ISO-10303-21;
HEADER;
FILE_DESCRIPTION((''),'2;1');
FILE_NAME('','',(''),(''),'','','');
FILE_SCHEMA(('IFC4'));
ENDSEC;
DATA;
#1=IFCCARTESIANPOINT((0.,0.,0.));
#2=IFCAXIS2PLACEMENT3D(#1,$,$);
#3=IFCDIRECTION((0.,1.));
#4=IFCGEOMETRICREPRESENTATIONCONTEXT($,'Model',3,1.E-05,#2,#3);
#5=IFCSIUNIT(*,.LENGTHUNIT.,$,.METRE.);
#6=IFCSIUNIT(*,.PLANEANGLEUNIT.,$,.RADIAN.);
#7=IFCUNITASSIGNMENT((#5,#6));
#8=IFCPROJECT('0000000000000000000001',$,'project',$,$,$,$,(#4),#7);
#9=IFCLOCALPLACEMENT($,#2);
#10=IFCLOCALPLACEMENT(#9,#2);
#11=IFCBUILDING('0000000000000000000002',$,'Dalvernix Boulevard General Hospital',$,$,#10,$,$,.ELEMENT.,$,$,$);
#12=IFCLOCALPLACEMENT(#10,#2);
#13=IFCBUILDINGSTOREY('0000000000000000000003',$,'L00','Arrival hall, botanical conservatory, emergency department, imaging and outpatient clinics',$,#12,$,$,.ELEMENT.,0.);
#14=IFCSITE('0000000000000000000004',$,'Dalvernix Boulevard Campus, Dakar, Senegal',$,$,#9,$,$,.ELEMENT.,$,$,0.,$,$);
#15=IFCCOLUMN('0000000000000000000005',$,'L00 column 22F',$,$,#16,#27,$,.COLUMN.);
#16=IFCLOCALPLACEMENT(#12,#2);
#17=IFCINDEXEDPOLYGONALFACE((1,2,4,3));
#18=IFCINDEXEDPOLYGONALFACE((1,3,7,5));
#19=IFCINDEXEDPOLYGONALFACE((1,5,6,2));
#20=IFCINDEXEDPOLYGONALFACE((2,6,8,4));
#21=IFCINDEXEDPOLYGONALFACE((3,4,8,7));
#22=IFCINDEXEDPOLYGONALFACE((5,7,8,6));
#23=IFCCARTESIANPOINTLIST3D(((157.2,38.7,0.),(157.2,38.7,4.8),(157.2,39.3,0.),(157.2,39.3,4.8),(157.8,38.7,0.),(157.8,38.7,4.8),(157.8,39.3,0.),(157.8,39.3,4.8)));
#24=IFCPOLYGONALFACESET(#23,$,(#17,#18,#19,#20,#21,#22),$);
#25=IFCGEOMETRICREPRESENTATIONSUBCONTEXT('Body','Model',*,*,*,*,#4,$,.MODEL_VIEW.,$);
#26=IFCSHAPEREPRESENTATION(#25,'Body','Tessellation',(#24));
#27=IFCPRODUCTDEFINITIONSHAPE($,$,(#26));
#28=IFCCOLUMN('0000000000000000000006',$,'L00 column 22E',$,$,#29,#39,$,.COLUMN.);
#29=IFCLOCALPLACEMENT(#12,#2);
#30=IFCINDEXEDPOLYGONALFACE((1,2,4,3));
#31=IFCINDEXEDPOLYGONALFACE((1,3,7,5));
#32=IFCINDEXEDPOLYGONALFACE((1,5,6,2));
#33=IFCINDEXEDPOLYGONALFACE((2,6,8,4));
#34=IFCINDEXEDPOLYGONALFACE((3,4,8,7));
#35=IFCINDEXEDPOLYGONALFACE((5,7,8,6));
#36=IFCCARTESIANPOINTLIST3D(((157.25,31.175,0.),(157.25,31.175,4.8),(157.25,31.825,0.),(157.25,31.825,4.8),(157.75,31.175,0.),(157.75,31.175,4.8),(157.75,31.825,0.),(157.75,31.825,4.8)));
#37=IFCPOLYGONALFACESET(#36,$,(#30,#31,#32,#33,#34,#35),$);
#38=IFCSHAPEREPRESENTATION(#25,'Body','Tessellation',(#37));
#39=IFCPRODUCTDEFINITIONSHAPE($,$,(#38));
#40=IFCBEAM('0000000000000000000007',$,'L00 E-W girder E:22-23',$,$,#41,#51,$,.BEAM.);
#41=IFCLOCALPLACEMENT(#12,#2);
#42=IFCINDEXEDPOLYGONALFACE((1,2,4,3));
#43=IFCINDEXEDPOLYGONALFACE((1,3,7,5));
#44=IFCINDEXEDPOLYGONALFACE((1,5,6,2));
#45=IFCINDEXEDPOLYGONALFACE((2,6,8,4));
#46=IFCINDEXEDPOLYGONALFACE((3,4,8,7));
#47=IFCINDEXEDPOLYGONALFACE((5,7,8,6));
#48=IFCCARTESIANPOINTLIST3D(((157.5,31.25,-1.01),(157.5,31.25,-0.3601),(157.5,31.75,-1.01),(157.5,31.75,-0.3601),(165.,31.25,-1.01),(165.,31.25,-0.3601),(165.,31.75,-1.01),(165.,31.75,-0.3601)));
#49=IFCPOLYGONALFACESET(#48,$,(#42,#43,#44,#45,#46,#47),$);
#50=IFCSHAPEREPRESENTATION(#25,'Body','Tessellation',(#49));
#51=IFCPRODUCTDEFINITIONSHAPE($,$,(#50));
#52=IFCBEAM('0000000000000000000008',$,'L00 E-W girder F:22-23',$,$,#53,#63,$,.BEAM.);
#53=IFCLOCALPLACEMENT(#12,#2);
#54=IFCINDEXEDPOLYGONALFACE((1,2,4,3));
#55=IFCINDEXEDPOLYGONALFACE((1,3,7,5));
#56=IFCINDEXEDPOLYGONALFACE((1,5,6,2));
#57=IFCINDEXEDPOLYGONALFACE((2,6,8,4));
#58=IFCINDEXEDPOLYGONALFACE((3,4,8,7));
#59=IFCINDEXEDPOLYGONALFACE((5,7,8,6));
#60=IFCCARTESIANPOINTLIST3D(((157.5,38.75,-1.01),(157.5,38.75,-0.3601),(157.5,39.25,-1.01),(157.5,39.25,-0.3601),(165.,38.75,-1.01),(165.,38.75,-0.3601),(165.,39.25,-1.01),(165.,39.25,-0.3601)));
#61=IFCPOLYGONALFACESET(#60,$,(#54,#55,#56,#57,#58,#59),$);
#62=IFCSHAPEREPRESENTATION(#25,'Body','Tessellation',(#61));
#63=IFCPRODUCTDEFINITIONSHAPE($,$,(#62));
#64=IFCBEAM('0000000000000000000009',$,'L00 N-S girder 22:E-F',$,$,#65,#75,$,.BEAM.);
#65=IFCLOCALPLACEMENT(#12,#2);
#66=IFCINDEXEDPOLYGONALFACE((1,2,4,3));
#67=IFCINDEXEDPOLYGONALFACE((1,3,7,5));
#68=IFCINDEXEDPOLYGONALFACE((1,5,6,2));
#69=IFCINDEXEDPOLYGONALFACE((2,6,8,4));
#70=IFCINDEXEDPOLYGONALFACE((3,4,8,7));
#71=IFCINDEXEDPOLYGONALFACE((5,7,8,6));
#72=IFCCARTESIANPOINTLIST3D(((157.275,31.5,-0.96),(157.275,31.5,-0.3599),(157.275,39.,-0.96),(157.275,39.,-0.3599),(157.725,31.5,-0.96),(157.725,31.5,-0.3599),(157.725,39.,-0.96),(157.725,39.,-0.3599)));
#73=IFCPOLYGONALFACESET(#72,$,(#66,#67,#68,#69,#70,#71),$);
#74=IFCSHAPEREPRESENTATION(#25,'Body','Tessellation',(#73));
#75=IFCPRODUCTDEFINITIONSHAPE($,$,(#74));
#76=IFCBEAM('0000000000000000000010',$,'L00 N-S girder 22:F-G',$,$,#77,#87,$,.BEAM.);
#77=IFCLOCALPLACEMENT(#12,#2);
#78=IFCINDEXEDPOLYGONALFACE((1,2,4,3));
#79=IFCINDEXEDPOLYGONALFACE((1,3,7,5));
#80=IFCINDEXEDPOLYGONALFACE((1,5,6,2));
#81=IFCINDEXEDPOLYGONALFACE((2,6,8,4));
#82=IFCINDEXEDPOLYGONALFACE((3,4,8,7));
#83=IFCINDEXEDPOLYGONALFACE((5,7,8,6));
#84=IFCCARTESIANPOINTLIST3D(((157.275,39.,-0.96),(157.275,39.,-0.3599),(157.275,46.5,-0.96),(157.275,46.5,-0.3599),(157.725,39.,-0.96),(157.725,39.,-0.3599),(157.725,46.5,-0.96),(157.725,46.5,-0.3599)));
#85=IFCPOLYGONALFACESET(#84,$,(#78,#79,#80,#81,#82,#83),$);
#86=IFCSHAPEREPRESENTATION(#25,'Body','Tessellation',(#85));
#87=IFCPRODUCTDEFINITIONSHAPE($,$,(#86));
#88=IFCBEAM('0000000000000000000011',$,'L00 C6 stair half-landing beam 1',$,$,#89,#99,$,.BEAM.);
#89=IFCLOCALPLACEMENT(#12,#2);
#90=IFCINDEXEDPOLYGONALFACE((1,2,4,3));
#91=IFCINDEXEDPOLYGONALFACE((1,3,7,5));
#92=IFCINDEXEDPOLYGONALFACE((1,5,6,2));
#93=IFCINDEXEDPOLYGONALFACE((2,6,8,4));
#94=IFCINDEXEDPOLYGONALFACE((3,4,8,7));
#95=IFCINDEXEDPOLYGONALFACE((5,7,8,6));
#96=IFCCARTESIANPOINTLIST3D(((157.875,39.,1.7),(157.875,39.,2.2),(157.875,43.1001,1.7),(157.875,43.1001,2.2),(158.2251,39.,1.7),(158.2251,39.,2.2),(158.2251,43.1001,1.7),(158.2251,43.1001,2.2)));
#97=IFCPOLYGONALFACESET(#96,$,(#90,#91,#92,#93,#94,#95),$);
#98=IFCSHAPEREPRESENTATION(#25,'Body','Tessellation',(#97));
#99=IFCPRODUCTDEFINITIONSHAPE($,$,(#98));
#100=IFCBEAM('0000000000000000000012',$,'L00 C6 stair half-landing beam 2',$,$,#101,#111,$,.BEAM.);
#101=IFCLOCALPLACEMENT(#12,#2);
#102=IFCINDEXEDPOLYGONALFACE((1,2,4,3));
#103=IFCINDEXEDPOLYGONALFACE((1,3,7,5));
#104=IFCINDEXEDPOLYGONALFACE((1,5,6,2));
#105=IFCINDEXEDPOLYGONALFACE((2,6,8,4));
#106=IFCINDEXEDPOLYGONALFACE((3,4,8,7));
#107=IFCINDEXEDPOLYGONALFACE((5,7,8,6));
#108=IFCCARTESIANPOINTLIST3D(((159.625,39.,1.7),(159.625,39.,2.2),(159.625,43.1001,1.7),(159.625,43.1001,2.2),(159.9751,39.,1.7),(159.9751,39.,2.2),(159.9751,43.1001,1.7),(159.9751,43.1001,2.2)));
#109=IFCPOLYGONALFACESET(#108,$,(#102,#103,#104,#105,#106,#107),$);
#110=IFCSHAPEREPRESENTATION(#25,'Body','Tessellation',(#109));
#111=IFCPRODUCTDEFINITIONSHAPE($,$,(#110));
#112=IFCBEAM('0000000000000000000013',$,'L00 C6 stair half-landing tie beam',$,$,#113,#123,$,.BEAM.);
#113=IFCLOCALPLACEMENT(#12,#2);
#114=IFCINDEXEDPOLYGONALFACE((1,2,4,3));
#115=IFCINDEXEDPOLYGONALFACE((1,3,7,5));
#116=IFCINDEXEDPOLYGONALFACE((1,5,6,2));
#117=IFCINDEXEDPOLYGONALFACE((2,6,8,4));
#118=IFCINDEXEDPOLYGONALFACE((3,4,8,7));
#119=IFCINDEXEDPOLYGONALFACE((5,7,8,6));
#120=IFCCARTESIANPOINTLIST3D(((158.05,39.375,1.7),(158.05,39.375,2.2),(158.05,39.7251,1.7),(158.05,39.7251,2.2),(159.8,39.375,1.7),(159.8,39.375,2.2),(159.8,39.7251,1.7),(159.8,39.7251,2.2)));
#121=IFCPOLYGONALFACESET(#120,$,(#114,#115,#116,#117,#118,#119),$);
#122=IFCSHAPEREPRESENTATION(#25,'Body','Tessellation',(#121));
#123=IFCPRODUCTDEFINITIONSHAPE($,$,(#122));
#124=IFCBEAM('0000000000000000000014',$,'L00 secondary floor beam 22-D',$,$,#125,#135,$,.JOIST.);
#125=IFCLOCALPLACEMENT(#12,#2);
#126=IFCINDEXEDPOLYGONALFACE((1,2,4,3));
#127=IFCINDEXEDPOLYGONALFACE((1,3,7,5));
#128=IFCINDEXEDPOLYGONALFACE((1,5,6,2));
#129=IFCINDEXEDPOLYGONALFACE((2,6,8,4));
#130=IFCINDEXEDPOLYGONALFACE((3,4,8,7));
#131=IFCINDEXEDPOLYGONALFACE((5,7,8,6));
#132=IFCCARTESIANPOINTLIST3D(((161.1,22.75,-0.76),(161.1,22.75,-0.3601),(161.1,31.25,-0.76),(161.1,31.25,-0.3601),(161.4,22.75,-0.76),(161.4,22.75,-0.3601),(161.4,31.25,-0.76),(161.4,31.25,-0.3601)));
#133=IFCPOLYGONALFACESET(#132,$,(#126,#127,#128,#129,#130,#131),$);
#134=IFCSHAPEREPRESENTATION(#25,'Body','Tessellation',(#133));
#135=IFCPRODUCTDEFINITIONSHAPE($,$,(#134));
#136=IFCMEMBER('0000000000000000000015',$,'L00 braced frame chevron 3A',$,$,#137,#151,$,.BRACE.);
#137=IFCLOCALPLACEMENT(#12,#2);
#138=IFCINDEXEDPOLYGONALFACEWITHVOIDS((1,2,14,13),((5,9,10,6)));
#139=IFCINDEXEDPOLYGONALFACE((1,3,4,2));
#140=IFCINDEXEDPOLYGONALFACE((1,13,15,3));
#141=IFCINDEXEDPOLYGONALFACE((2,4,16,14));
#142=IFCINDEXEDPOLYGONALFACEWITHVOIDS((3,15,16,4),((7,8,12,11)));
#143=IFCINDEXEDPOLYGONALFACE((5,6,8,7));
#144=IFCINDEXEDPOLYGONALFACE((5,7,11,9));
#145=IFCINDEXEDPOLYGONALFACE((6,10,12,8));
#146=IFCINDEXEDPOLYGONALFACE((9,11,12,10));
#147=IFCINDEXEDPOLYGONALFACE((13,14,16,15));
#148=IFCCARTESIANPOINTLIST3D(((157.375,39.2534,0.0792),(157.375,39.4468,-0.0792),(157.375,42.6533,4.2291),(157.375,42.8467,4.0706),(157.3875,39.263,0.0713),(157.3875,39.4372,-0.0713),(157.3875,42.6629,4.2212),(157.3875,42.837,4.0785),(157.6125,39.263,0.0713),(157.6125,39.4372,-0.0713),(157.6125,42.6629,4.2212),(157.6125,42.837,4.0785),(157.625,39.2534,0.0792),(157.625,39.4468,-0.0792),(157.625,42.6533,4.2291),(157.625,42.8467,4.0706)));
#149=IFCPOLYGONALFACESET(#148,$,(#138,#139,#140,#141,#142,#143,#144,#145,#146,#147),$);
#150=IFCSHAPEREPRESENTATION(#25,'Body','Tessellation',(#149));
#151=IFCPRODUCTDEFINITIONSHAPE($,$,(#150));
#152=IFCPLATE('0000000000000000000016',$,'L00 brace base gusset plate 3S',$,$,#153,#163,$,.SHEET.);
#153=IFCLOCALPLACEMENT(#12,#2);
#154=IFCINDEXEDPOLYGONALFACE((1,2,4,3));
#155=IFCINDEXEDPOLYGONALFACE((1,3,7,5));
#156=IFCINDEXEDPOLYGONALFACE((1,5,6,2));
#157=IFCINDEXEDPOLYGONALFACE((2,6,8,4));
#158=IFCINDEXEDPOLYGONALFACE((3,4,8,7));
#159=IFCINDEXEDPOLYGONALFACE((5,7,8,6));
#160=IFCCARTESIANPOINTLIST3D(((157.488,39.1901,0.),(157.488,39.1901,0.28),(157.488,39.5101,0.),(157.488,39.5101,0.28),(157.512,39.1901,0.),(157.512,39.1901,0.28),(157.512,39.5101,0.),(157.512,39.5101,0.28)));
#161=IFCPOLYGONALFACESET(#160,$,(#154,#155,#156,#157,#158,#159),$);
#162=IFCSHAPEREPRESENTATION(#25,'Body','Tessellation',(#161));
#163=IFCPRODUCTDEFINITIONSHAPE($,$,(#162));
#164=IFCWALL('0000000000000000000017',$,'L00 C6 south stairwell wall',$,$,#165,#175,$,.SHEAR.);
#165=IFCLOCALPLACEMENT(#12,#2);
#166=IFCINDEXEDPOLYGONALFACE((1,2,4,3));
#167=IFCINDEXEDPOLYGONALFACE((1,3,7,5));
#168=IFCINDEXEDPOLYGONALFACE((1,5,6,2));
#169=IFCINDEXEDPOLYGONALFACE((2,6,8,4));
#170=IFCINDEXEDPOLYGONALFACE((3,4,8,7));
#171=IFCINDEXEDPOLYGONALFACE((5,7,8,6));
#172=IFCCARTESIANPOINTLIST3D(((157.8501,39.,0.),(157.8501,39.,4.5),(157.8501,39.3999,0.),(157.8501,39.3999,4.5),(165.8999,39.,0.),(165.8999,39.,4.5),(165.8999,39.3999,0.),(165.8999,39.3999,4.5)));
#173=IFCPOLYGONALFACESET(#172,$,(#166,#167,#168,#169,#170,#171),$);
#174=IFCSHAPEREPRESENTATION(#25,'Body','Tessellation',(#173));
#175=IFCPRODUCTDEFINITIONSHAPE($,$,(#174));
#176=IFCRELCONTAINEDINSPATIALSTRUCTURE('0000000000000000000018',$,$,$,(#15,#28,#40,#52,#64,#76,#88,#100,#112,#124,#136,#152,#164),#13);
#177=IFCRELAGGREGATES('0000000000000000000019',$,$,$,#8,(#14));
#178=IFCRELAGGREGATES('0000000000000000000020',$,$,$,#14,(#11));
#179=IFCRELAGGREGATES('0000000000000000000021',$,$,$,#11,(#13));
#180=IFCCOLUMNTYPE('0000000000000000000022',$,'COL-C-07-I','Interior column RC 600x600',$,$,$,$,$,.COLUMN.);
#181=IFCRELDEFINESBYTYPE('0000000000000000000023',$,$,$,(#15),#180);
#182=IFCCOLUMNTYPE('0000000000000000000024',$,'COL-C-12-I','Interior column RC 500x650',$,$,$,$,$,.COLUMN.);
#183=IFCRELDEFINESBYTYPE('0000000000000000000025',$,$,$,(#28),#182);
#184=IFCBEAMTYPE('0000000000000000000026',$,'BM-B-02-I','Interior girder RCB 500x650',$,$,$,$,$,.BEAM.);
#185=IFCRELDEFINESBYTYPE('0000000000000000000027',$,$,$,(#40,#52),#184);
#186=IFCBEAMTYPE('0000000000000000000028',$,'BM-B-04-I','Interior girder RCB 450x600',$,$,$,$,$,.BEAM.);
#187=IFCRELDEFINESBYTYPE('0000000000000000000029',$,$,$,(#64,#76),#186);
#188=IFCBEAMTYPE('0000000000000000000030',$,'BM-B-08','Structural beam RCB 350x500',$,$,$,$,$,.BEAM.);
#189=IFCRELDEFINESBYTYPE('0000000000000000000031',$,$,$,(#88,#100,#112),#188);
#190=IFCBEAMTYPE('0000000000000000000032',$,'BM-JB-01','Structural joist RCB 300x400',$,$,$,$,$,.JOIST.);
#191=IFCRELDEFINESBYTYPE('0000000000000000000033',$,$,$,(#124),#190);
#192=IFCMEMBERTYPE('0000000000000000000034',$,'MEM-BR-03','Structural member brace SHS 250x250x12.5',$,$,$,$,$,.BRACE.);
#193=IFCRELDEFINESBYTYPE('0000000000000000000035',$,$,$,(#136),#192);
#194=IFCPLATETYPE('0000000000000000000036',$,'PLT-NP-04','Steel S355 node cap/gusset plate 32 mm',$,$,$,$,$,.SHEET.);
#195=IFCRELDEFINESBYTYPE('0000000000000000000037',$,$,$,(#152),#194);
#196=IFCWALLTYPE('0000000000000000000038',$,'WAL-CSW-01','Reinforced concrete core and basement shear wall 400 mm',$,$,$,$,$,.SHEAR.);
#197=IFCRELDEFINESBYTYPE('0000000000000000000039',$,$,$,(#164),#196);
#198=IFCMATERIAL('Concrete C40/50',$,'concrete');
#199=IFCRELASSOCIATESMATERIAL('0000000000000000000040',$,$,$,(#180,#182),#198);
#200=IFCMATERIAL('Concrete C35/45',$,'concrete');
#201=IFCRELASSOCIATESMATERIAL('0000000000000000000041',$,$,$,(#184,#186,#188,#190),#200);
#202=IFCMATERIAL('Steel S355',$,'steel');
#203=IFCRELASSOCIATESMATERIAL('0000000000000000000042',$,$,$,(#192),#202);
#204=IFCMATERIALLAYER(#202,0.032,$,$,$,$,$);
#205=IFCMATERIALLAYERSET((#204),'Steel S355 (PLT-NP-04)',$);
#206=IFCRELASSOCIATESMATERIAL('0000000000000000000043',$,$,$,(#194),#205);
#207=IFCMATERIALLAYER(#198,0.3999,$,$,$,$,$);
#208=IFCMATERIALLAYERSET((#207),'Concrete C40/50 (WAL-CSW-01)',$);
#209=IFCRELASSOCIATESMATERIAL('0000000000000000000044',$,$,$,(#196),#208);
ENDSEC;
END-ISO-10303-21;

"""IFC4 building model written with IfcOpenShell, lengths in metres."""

from ifc_helpers import new_model, si_unit, direction, frame, frame_2d, origin, origin_2d, place, context, subcontext, project, spatial, rectangle, hollow_rectangle, extrude, material, layer, layer_set, material_profile, profile_set, type_object, element, save


model = new_model("IFC4")

# Units and contexts
model_context = context("Model", 3, precision=1e-05, world=origin(), true_north=direction((0.0, 1.0)))
body_context = subcontext(model_context, "Body", "Model", "MODEL_VIEW")
ifc_project = project(units=[si_unit("LENGTHUNIT", "METRE"), si_unit("PLANEANGLEUNIT", "RADIAN")], contexts=[model_context])

# Site, building, storey
site_placement = place(None, origin())
site = spatial("IfcSite", under=ifc_project, at=site_placement, Name="Dalvernix Boulevard Campus, Dakar, Senegal", CompositionType="ELEMENT", RefElevation=0.0)
building_placement = place(site_placement, origin())
building = spatial("IfcBuilding", under=site, at=building_placement, Name="Dalvernix Boulevard General Hospital", CompositionType="ELEMENT")
storey_placement = place(building_placement, origin())
storey = spatial("IfcBuildingStorey", under=building, at=storey_placement, Name="L00", Description="Arrival hall, botanical conservatory, emergency department, imaging and outpatient clinics", CompositionType="ELEMENT", Elevation=0.0)

# Columns
ifc_material_1 = material(Name="Concrete C40/50", Category="concrete")
ifc_material_profile_1 = material_profile(ifc_material_1, rectangle(XDim=0.6001, YDim=0.6001, at=origin_2d()), Name="RC 600x600")
ifc_profile_set_1 = profile_set([ifc_material_profile_1], Name="Concrete C40/50")
column_type_1 = type_object("IfcColumnType", Name="COL-C-07-I", Description="Interior column RC 600x600", PredefinedType="COLUMN", material=ifc_profile_set_1)
column_1_placement = place(storey_placement, frame((157.5, 39.0, 0.0), z_axis=(0.0, 0.0, 1.0), x_axis=(1.0, 0.0, 0.0)))
element("IfcColumn", 1, at=column_1_placement, inside=storey, type_object=column_type_1, Name="L00 column 22F", PredefinedType="COLUMN", context=body_context, shape_type="SweptSolid", body=[
    extrude(rectangle(XDim=0.6001, YDim=0.6001, at=origin_2d()), origin(), (0.0, 0.0, 1.0), 4.8),
])
ifc_material_profile_2 = material_profile(ifc_material_1, rectangle(XDim=0.5, YDim=0.6499, at=origin_2d()), Name="RC 500x650")
ifc_profile_set_2 = profile_set([ifc_material_profile_2], Name="Concrete C40/50")
column_type_2 = type_object("IfcColumnType", Name="COL-C-12-I", Description="Interior column RC 500x650", PredefinedType="COLUMN", material=ifc_profile_set_2)
column_2_placement = place(storey_placement, frame((157.5, 31.5, 0.0), z_axis=(0.0, 0.0, 1.0), x_axis=(1.0, 0.0, 0.0)))
element("IfcColumn", 2, at=column_2_placement, inside=storey, type_object=column_type_2, Name="L00 column 22E", PredefinedType="COLUMN", context=body_context, shape_type="SweptSolid", body=[
    extrude(rectangle(XDim=0.5, YDim=0.6499, at=origin_2d()), origin(), (0.0, 0.0, 1.0), 4.8),
])

# Beams
ifc_material_2 = material(Name="Concrete C35/45", Category="concrete")
ifc_material_profile_3 = material_profile(ifc_material_2, rectangle(XDim=0.5, YDim=0.6499, at=origin_2d()), Name="RCB 500x650")
ifc_profile_set_3 = profile_set([ifc_material_profile_3], Name="Concrete C35/45")
beam_type_1 = type_object("IfcBeamType", Name="BM-B-02-I", Description="Interior girder RCB 500x650", PredefinedType="BEAM", material=ifc_profile_set_3)
for number, where, z_axis, x_axis, name in (
    (3, (157.5, 31.5, -0.6851), (1.0, 0.0, 0.0), (0.0, 1.0, 0.0), "L00 E-W girder E:22-23"),
    (4, (157.5, 39.0, -0.6851), (1.0, 0.0, 0.0), (0.0, 1.0, 0.0), "L00 E-W girder F:22-23"),
):
    element("IfcBeam", number, at=place(storey_placement, frame(where, z_axis=z_axis, x_axis=x_axis)), inside=storey, type_object=beam_type_1, Name=name, PredefinedType="BEAM", context=body_context, shape_type="SweptSolid", body=[
        extrude(rectangle(XDim=0.5, YDim=0.6499, at=origin_2d()), origin(), (0.0, 0.0, 1.0), 7.5),
    ])
ifc_material_profile_4 = material_profile(ifc_material_2, rectangle(XDim=0.45, YDim=0.6001, at=origin_2d()), Name="RCB 450x600")
ifc_profile_set_4 = profile_set([ifc_material_profile_4], Name="Concrete C35/45")
beam_type_2 = type_object("IfcBeamType", Name="BM-B-04-I", Description="Interior girder RCB 450x600", PredefinedType="BEAM", material=ifc_profile_set_4)
for number, where, z_axis, x_axis, name in (
    (5, (157.5, 31.5, -0.6599), (0.0, 1.0, 0.0), (-1.0, 0.0, 0.0), "L00 N-S girder 22:E-F"),
    (6, (157.5, 39.0, -0.6599), (0.0, 1.0, 0.0), (-1.0, 0.0, 0.0), "L00 N-S girder 22:F-G"),
):
    element("IfcBeam", number, at=place(storey_placement, frame(where, z_axis=z_axis, x_axis=x_axis)), inside=storey, type_object=beam_type_2, Name=name, PredefinedType="BEAM", context=body_context, shape_type="SweptSolid", body=[
        extrude(rectangle(XDim=0.45, YDim=0.6001, at=origin_2d()), origin(), (0.0, 0.0, 1.0), 7.5),
    ])
ifc_material_profile_5 = material_profile(ifc_material_2, rectangle(XDim=0.3501, YDim=0.5, at=origin_2d()), Name="RCB 350x500")
ifc_profile_set_5 = profile_set([ifc_material_profile_5], Name="Concrete C35/45")
beam_type_3 = type_object("IfcBeamType", Name="BM-B-08", Description="Structural beam RCB 350x500", PredefinedType="BEAM", material=ifc_profile_set_5)
for number, where, z_axis, x_axis, name in (
    (7, (158.05, 39.0, 1.95), (0.0, 1.0, 0.0), (-1.0, 0.0, 0.0), "L00 C6 stair half-landing beam 1"),
    (8, (159.8, 39.0, 1.95), (0.0, 1.0, 0.0), (-1.0, 0.0, 0.0), "L00 C6 stair half-landing beam 2"),
):
    element("IfcBeam", number, at=place(storey_placement, frame(where, z_axis=z_axis, x_axis=x_axis)), inside=storey, type_object=beam_type_3, Name=name, PredefinedType="BEAM", context=body_context, shape_type="SweptSolid", body=[
        extrude(rectangle(XDim=0.3501, YDim=0.5, at=origin_2d()), origin(), (0.0, 0.0, 1.0), 4.1001),
    ])
beam_1_placement = place(storey_placement, frame((158.05, 39.55, 1.95), z_axis=(1.0, 0.0, 0.0), x_axis=(0.0, 1.0, 0.0)))
element("IfcBeam", 9, at=beam_1_placement, inside=storey, type_object=beam_type_3, Name="L00 C6 stair half-landing tie beam", PredefinedType="BEAM", context=body_context, shape_type="SweptSolid", body=[
    extrude(rectangle(XDim=0.3501, YDim=0.5, at=origin_2d()), origin(), (0.0, 0.0, 1.0), 1.75),
])
ifc_material_profile_6 = material_profile(ifc_material_2, rectangle(XDim=0.3, YDim=0.3999, at=origin_2d()), Name="RCB 300x400")
ifc_profile_set_6 = profile_set([ifc_material_profile_6], Name="Concrete C35/45")
beam_type_4 = type_object("IfcBeamType", Name="BM-JB-01", Description="Structural joist RCB 300x400", PredefinedType="JOIST", material=ifc_profile_set_6)
beam_2_placement = place(storey_placement, frame((161.25, 22.75, -0.5601), z_axis=(0.0, 1.0, 0.0), x_axis=(-1.0, 0.0, 0.0)))
element("IfcBeam", 10, at=beam_2_placement, inside=storey, type_object=beam_type_4, Name="L00 secondary floor beam 22-D", PredefinedType="JOIST", context=body_context, shape_type="SweptSolid", body=[
    extrude(rectangle(XDim=0.3, YDim=0.3999, at=origin_2d()), origin(), (0.0, 0.0, 1.0), 8.5),
])

# Member
ifc_material_3 = material(Name="Steel S355", Category="steel")
ifc_material_profile_7 = material_profile(ifc_material_3, hollow_rectangle(XDim=0.25, YDim=0.25, WallThickness=0.0125, at=origin_2d()), Name="SHS 250x250x12.5")
ifc_profile_set_7 = profile_set([ifc_material_profile_7], Name="Steel S355")
member_type = type_object("IfcMemberType", Name="MEM-BR-03", Description="Structural member brace SHS 250x250x12.5", PredefinedType="BRACE", material=ifc_profile_set_7)
member_placement = place(storey_placement, frame((157.5, 39.3501, 0.0), z_axis=(0.0, 0.633743, 0.773544), x_axis=(-1.0, 0.0, 0.0)))
element("IfcMember", 11, at=member_placement, inside=storey, type_object=member_type, Name="L00 braced frame chevron 3A", PredefinedType="BRACE", context=body_context, shape_type="SweptSolid", body=[
    extrude(hollow_rectangle(XDim=0.25, YDim=0.25, WallThickness=0.0125, at=origin_2d()), origin(), (0.0, 0.0, 1.0), 5.3647),
])

# Plate
ifc_layer_1 = layer(ifc_material_3, 0.032)
ifc_layer_set_1 = layer_set([ifc_layer_1], Name="Steel S355 (PLT-NP-04)")
plate_type = type_object("IfcPlateType", Name="PLT-NP-04", Description="Steel S355 node cap/gusset plate 32 mm", PredefinedType="SHEET", material=ifc_layer_set_1)
plate_placement = place(storey_placement, frame((157.5, 39.3501, 0.0), z_axis=(0.0, 0.0, 1.0), x_axis=(0.0, 1.0, 0.0)))
element("IfcPlate", 12, at=plate_placement, inside=storey, type_object=plate_type, Name="L00 brace base gusset plate 3S", PredefinedType="SHEET", context=body_context, shape_type="SweptSolid", body=[
    extrude(rectangle(XDim=0.3201, YDim=0.0239, at=origin_2d()), origin(), (0.0, 0.0, 1.0), 0.28),
])

# Wall
ifc_layer_2 = layer(ifc_material_1, 0.3999)
ifc_layer_set_2 = layer_set([ifc_layer_2], Name="Concrete C40/50 (WAL-CSW-01)")
wall_type_1 = type_object("IfcWallType", Name="WAL-CSW-01", Description="Reinforced concrete core and basement shear wall 400 mm", PredefinedType="SHEAR", material=ifc_layer_set_2)
wall_1_placement = place(storey_placement, frame((157.8501, 39.2, 0.0), z_axis=(0.0, 0.0, 1.0), x_axis=(1.0, 0.0, 0.0)))
element("IfcWall", 13, at=wall_1_placement, inside=storey, type_object=wall_type_1, Name="L00 C6 south stairwell wall", PredefinedType="SHEAR", context=body_context, shape_type="SweptSolid", body=[
    extrude(rectangle(XDim=8.0498, YDim=0.3999, at=frame_2d((4.0249, 0.0))), origin(), (0.0, 0.0, 1.0), 4.5),
])

save(model, "model.ifc")
